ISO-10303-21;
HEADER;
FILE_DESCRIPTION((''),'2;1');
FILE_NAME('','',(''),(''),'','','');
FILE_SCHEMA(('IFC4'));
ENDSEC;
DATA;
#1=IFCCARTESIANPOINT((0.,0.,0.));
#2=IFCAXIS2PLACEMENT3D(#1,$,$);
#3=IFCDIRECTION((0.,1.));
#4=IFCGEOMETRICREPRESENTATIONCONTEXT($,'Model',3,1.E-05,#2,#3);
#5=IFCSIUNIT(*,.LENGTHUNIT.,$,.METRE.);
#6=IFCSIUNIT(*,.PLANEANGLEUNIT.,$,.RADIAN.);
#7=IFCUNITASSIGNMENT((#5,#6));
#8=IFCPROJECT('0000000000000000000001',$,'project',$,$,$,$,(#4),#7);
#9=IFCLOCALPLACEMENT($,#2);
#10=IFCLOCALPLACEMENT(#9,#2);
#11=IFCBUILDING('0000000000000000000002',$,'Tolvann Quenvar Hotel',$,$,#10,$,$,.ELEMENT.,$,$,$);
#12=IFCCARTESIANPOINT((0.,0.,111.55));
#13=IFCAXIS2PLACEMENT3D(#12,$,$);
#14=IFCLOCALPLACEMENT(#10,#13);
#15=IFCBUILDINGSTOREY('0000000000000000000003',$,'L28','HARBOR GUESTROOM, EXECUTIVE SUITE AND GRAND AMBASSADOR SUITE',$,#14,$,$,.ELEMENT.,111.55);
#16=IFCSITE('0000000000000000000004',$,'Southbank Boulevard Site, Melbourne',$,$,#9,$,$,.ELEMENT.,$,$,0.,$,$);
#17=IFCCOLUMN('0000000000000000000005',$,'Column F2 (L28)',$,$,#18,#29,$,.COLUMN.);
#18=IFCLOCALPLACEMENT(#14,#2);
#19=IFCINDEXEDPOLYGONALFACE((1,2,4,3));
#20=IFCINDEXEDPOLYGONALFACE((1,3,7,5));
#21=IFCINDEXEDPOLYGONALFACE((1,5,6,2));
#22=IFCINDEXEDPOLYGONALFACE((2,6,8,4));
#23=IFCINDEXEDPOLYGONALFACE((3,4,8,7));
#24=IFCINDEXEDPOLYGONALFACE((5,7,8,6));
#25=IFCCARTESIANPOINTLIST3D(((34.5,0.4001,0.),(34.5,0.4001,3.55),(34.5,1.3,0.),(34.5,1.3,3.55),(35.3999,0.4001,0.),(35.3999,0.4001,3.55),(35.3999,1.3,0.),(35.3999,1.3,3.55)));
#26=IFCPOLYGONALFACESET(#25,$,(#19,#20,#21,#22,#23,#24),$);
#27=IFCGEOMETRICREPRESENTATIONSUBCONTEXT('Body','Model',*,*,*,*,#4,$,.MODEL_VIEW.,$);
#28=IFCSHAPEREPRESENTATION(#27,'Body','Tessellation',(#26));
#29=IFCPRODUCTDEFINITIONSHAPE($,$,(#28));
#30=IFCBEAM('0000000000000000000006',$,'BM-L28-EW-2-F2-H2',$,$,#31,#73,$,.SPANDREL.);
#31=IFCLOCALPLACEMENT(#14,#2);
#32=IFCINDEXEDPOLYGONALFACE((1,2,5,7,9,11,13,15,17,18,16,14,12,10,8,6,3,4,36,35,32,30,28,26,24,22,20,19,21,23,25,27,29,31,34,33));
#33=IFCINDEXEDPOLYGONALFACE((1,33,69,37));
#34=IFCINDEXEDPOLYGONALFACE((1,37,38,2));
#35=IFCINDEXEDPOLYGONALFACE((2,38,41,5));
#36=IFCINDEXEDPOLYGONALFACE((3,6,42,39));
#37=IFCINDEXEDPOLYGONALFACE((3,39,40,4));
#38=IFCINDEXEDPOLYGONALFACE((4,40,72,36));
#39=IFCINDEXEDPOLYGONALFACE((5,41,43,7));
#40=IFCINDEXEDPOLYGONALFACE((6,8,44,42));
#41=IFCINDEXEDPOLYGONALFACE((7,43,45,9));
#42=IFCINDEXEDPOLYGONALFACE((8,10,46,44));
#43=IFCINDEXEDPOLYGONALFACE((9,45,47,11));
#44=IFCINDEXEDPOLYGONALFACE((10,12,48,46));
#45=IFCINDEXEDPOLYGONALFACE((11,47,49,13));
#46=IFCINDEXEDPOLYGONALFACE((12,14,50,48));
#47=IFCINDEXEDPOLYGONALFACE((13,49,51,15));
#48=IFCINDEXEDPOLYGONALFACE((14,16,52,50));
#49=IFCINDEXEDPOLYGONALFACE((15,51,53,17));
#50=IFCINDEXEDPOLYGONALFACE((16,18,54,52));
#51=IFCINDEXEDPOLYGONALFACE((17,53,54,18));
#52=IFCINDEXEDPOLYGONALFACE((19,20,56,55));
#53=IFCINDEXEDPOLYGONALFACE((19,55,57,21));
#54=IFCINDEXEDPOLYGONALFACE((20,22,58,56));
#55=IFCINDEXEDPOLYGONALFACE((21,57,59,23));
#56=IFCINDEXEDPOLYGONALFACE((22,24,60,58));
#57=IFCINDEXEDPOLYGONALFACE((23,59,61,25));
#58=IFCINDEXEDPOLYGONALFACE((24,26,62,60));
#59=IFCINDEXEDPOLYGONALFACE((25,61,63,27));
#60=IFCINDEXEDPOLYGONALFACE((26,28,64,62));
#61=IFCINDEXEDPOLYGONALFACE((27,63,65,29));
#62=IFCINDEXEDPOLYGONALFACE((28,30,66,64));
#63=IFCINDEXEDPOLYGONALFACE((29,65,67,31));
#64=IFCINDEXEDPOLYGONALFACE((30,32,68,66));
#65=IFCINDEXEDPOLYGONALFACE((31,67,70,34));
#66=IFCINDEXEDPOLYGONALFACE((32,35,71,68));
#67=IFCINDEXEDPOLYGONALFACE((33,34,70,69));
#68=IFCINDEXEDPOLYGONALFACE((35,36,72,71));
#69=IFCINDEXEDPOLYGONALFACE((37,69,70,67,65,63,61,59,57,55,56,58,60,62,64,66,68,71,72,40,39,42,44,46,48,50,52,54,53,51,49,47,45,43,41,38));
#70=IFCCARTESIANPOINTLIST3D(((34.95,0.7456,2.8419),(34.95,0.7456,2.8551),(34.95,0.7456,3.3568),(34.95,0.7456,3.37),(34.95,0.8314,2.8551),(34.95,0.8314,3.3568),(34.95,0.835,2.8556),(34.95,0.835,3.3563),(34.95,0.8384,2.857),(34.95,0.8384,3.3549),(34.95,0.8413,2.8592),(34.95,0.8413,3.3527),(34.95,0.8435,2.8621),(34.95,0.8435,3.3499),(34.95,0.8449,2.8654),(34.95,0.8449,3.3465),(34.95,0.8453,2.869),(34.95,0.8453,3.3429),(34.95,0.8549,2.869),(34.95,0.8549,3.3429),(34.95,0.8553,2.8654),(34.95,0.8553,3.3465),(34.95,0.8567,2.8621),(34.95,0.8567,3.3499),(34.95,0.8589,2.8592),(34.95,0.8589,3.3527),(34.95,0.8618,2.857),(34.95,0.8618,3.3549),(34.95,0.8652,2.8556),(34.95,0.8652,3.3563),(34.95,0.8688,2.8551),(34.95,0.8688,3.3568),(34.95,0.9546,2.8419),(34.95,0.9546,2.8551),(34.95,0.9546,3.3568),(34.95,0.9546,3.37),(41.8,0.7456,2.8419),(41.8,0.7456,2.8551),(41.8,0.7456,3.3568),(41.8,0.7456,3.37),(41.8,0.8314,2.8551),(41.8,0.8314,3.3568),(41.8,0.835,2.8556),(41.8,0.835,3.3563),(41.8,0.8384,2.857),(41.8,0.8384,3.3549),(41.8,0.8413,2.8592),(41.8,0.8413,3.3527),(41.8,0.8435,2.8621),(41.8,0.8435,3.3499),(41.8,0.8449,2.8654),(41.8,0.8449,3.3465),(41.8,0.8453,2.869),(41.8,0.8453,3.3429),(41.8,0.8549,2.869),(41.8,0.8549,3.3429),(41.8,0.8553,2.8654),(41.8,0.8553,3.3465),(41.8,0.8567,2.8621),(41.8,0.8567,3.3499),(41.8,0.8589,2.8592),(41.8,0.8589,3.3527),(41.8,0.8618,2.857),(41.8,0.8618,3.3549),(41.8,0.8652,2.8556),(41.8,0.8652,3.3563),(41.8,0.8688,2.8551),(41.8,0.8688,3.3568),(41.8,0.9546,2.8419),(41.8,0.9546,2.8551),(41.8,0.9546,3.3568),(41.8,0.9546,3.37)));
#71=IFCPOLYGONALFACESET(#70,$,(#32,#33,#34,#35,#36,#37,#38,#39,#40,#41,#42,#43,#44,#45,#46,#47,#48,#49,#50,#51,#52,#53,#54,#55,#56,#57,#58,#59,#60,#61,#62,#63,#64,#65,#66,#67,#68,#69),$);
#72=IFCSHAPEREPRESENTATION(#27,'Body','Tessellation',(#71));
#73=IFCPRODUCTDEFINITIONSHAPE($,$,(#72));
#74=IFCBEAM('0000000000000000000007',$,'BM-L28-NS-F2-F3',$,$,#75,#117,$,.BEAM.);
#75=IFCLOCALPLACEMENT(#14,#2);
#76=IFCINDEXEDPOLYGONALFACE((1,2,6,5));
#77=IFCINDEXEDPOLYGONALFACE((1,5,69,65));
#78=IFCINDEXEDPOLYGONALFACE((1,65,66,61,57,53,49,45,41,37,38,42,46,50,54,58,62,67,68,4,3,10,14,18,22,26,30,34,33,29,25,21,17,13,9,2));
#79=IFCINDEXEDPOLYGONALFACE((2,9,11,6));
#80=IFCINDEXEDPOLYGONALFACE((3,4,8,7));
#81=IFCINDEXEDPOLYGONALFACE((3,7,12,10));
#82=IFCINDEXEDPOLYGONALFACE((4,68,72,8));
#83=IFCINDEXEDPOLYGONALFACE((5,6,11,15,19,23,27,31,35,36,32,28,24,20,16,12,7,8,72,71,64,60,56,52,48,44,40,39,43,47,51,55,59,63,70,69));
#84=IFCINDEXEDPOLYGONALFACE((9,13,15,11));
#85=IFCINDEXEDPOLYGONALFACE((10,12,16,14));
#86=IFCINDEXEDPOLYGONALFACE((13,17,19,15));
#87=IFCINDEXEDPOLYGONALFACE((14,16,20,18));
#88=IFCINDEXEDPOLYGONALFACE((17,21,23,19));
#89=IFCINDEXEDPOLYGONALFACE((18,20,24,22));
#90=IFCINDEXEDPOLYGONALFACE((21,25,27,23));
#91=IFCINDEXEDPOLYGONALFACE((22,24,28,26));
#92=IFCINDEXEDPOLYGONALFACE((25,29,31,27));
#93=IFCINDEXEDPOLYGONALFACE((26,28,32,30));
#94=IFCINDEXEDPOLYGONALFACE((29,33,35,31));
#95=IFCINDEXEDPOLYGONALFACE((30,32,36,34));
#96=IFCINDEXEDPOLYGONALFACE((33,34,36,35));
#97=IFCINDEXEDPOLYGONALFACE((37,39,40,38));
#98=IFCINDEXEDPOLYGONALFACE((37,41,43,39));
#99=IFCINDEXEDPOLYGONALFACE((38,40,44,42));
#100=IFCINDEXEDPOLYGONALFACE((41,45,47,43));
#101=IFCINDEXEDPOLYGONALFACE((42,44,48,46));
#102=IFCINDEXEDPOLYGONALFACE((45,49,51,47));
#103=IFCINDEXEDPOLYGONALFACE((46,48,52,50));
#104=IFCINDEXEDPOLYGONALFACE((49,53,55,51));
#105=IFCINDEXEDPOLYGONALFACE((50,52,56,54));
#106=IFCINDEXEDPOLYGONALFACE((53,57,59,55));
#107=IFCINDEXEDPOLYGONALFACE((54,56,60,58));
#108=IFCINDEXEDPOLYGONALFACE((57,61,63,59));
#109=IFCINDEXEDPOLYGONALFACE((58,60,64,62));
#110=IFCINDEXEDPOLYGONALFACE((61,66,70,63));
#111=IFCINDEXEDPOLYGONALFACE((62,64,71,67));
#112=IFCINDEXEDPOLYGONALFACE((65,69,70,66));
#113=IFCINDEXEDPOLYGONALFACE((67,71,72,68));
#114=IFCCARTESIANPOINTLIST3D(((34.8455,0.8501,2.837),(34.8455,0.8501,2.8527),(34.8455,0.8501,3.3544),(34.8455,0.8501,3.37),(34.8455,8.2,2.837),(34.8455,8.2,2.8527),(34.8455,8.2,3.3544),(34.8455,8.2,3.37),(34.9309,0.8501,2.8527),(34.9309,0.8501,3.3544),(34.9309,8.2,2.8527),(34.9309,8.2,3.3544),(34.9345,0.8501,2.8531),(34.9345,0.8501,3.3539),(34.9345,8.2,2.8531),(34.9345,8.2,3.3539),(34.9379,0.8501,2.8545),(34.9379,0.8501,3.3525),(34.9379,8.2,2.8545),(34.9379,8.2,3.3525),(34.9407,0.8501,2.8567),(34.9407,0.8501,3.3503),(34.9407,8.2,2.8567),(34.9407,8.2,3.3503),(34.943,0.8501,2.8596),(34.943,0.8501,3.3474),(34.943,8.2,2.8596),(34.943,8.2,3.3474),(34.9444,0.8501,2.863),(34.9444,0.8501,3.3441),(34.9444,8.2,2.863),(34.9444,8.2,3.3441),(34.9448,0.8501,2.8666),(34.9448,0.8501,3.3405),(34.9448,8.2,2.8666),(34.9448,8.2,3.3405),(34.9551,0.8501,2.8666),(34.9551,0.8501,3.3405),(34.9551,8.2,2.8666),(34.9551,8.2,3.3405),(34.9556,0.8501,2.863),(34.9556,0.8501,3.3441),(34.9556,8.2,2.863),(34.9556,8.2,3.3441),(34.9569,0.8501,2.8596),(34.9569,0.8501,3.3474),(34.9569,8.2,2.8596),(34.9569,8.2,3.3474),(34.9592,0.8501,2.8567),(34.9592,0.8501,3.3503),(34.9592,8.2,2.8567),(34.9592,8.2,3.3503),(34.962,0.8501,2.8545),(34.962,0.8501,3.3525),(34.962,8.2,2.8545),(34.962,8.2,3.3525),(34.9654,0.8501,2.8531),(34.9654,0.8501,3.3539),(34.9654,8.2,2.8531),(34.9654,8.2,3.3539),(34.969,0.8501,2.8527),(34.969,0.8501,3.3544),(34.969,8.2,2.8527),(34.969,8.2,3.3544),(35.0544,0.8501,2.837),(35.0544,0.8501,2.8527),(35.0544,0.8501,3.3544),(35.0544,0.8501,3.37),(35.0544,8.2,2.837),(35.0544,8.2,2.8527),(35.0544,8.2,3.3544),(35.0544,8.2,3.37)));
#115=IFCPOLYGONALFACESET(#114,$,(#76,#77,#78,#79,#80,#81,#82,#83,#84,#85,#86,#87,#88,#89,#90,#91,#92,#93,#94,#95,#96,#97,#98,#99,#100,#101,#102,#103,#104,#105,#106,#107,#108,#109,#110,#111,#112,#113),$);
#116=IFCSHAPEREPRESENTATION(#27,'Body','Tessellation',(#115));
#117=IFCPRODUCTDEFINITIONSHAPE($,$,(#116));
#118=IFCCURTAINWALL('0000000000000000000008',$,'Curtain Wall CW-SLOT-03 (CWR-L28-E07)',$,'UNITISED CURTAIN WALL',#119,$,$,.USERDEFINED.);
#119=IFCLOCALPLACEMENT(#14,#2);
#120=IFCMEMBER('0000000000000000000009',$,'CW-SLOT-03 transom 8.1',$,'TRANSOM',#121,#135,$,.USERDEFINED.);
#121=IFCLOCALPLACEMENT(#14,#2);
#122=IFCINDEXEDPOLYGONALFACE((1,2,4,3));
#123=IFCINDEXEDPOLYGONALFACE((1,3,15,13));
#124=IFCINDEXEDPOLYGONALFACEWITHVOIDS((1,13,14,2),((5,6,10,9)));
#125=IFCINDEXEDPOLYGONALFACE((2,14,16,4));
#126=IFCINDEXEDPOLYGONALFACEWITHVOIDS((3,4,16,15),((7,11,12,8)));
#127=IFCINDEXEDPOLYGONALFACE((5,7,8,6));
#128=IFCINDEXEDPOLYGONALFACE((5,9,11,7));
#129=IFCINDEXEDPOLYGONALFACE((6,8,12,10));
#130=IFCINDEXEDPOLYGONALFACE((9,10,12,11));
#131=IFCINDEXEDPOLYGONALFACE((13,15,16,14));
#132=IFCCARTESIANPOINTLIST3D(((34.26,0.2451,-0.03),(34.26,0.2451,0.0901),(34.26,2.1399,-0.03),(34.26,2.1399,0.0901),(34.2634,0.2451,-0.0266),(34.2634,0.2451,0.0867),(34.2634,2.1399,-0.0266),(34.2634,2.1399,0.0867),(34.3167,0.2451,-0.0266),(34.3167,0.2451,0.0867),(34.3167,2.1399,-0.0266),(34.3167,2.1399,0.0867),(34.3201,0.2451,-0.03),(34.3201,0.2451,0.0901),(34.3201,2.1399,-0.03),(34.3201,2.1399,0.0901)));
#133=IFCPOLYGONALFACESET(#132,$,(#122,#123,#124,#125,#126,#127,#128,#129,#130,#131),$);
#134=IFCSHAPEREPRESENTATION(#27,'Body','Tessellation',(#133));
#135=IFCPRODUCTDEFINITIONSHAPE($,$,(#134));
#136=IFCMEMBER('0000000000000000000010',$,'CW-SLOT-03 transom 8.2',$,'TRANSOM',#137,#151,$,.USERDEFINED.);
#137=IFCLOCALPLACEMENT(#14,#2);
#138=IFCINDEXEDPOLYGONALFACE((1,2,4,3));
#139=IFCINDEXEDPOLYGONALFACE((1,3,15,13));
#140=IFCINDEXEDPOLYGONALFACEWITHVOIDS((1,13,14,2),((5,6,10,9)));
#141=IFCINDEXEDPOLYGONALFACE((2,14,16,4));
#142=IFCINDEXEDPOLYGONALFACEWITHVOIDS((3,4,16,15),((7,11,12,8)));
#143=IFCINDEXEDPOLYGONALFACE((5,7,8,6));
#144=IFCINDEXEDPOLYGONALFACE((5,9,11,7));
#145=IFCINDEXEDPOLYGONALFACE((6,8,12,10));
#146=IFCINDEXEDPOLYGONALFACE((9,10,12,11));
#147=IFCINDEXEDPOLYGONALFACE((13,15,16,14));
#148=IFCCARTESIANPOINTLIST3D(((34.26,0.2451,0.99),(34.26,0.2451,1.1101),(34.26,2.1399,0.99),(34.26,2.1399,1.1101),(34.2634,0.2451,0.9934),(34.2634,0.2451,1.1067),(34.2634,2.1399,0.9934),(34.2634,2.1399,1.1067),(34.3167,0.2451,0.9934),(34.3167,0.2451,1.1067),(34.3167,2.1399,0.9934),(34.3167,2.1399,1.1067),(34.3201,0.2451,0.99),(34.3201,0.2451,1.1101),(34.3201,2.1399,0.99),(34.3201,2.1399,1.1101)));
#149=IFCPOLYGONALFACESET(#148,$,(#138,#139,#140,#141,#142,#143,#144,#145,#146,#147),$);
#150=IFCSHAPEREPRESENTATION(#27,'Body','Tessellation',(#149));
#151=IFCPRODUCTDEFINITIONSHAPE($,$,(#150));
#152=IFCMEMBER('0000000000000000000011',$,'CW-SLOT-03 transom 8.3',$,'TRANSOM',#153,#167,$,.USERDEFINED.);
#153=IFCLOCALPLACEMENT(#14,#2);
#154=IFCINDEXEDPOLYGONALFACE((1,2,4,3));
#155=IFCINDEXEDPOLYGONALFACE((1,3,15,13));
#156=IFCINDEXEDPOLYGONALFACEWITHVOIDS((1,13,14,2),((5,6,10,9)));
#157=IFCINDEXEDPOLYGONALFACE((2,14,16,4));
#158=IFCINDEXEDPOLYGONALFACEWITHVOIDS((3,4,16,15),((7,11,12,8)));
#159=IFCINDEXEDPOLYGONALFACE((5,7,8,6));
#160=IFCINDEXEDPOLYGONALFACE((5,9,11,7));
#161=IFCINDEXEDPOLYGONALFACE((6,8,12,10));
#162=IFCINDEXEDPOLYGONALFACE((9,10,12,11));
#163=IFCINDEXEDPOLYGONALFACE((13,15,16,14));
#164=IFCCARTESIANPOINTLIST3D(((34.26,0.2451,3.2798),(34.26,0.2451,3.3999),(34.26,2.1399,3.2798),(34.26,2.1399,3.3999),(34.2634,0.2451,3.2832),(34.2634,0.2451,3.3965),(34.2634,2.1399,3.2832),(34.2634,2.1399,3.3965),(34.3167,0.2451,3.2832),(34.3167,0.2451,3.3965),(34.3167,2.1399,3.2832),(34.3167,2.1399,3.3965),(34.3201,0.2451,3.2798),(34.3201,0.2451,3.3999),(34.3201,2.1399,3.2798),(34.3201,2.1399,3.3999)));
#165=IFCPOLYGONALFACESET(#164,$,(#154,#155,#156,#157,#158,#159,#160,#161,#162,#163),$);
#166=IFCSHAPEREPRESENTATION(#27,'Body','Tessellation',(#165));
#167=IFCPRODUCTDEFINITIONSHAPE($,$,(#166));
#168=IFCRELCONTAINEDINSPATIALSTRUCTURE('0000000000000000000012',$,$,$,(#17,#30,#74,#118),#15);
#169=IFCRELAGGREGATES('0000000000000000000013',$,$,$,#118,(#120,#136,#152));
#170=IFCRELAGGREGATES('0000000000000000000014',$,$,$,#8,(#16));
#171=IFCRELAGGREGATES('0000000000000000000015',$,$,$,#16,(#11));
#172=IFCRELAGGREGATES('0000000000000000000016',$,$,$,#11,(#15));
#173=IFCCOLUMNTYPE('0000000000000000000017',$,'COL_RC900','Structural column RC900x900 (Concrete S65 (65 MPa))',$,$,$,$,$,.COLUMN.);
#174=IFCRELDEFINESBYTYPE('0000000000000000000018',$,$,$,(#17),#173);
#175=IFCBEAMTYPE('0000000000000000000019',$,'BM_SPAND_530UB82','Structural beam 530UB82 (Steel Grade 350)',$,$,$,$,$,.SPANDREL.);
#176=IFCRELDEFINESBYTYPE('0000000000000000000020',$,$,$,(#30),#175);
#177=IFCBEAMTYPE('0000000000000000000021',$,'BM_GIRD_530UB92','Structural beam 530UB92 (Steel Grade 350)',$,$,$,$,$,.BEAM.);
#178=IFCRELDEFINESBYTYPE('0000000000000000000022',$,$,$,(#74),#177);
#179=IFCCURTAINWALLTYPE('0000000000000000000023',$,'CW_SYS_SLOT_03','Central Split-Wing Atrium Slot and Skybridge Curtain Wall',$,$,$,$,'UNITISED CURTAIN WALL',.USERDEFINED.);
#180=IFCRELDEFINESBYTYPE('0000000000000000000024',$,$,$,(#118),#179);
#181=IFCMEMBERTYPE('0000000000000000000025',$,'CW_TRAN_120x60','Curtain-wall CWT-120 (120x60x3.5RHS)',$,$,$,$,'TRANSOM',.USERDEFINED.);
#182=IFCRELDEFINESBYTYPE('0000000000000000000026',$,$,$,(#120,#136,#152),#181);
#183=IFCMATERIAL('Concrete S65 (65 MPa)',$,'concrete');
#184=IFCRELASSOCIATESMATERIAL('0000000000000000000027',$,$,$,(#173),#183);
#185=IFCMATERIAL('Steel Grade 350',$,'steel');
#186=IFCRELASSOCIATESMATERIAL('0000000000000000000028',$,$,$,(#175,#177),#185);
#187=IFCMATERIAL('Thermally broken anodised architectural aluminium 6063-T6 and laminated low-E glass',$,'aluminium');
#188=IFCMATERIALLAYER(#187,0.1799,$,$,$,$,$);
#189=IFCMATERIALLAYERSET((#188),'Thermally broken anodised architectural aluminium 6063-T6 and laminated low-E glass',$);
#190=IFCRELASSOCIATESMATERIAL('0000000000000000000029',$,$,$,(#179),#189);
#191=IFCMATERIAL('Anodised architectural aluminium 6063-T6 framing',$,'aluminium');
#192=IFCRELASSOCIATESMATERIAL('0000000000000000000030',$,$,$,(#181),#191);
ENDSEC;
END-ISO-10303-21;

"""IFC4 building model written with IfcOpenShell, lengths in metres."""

from ifc_helpers import new_model, si_unit, direction, frame, origin, origin_2d, place, context, subcontext, project, spatial, rectangle, hollow_rectangle, i_section, extrude, source, transform, mapped, material, layer, layer_set, material_profile, profile_set, type_object, type_shapes, element, aggregate, save


model = new_model("IFC4")

# Units and contexts
model_context = context("Model", 3, precision=1e-05, world=origin(), true_north=direction((0.0, 1.0)))
body_context = subcontext(model_context, "Body", "Model", "MODEL_VIEW")
ifc_project = project(units=[si_unit("LENGTHUNIT", "METRE"), si_unit("PLANEANGLEUNIT", "RADIAN")], contexts=[model_context])

# Site, building, storey
site_placement = place(None, origin())
site = spatial("IfcSite", under=ifc_project, at=site_placement, Name="Southbank Boulevard Site, Melbourne", CompositionType="ELEMENT", RefElevation=0.0)
building_placement = place(site_placement, origin())
building = spatial("IfcBuilding", under=site, at=building_placement, Name="Tolvann Quenvar Hotel", CompositionType="ELEMENT")
storey_placement = place(building_placement, frame((0.0, 0.0, 111.55)))
storey = spatial("IfcBuildingStorey", under=building, at=storey_placement, Name="L28", Description="HARBOR GUESTROOM, EXECUTIVE SUITE AND GRAND AMBASSADOR SUITE", CompositionType="ELEMENT", Elevation=111.55)

# Column
ifc_material_1 = material(Name="Concrete S65 (65 MPa)", Category="concrete")
ifc_material_profile_1 = material_profile(ifc_material_1, rectangle(XDim=0.8999, YDim=0.8999, at=origin_2d()), Name="RC900x900")
ifc_profile_set_1 = profile_set([ifc_material_profile_1], Name="Concrete S65 (65 MPa)")
column_type = type_object("IfcColumnType", Name="COL_RC900", Description="Structural column RC900x900 (Concrete S65 (65 MPa))", PredefinedType="COLUMN", material=ifc_profile_set_1)
shared_shape_1 = source(origin(), body_context, "Body", "SweptSolid", [
    extrude(rectangle(XDim=0.8999, YDim=0.8999, at=origin_2d()), origin(), (0.0, 0.0, 1.0), 3.55),
])
type_shapes(column_type, [shared_shape_1])
column_placement = place(storey_placement, frame((34.95, 0.8501, 0.0), z_axis=(0.0, 0.0, 1.0), x_axis=(1.0, 0.0, 0.0)))
element("IfcColumn", 1, at=column_placement, inside=storey, type_object=column_type, Name="Column F2 (L28)", PredefinedType="COLUMN", context=body_context, shape_type="MappedRepresentation", body=[
    mapped(shared_shape_1, transform((0.0, 0.0, 0.0), x_axis=(1.0, 0.0, 0.0), y_axis=(0.0, 1.0, 0.0), z_axis=(0.0, 0.0, 1.0), scale=1.0)),
])

# Beams
ifc_material_2 = material(Name="Steel Grade 350", Category="steel")
ifc_material_profile_2 = material_profile(ifc_material_2, i_section(OverallWidth=0.209, OverallDepth=0.5281, WebThickness=0.0095, FlangeThickness=0.0132, FilletRadius=0.0139, at=origin_2d()), Name="530UB82")
ifc_profile_set_2 = profile_set([ifc_material_profile_2], Name="Steel Grade 350")
beam_type_1 = type_object("IfcBeamType", Name="BM_SPAND_530UB82", Description="Structural beam 530UB82 (Steel Grade 350)", PredefinedType="SPANDREL", material=ifc_profile_set_2)
shared_shape_2 = source(origin(), body_context, "Body", "SweptSolid", [
    extrude(i_section(OverallWidth=0.209, OverallDepth=0.5281, WebThickness=0.0095, FlangeThickness=0.0132, FilletRadius=0.0139, at=origin_2d()), origin(), (0.0, 0.0, 1.0), 6.8501),
])
type_shapes(beam_type_1, [shared_shape_2])
beam_1_placement = place(storey_placement, frame((34.95, 0.8501, 3.106), z_axis=(1.0, 0.0, 0.0), x_axis=(0.0, 1.0, 0.0)))
element("IfcBeam", 2, at=beam_1_placement, inside=storey, type_object=beam_type_1, Name="BM-L28-EW-2-F2-H2", PredefinedType="SPANDREL", context=body_context, shape_type="MappedRepresentation", body=[
    mapped(shared_shape_2, transform((0.0, 0.0, 0.0), x_axis=(1.0, 0.0, 0.0), y_axis=(0.0, 1.0, 0.0), z_axis=(0.0, 0.0, 1.0), scale=1.0)),
])
ifc_material_profile_3 = material_profile(ifc_material_2, i_section(OverallWidth=0.209, OverallDepth=0.533, WebThickness=0.0103, FlangeThickness=0.0156, FilletRadius=0.0139, at=origin_2d()), Name="530UB92")
ifc_profile_set_3 = profile_set([ifc_material_profile_3], Name="Steel Grade 350")
beam_type_2 = type_object("IfcBeamType", Name="BM_GIRD_530UB92", Description="Structural beam 530UB92 (Steel Grade 350)", PredefinedType="BEAM", material=ifc_profile_set_3)
shared_shape_3 = source(origin(), body_context, "Body", "SweptSolid", [
    extrude(i_section(OverallWidth=0.209, OverallDepth=0.533, WebThickness=0.0103, FlangeThickness=0.0156, FilletRadius=0.0139, at=origin_2d()), origin(), (0.0, 0.0, 1.0), 7.3499),
])
type_shapes(beam_type_2, [shared_shape_3])
beam_2_placement = place(storey_placement, frame((34.95, 0.8501, 3.1035), z_axis=(0.0, 1.0, 0.0), x_axis=(-1.0, 0.0, 0.0)))
element("IfcBeam", 3, at=beam_2_placement, inside=storey, type_object=beam_type_2, Name="BM-L28-NS-F2-F3", PredefinedType="BEAM", context=body_context, shape_type="MappedRepresentation", body=[
    mapped(shared_shape_3, transform((0.0, 0.0, 0.0), x_axis=(1.0, 0.0, 0.0), y_axis=(0.0, 1.0, 0.0), z_axis=(0.0, 0.0, 1.0), scale=1.0)),
])

# Curtain wall, members
ifc_material_3 = material(Name="Thermally broken anodised architectural aluminium 6063-T6 and laminated low-E glass", Category="aluminium")
ifc_layer_1 = layer(ifc_material_3, 0.1799)
ifc_layer_set_1 = layer_set([ifc_layer_1], Name="Thermally broken anodised architectural aluminium 6063-T6 and laminated low-E glass")
curtain_wall_type = type_object("IfcCurtainWallType", Name="CW_SYS_SLOT_03", Description="Central Split-Wing Atrium Slot and Skybridge Curtain Wall", ElementType="UNITISED CURTAIN WALL", PredefinedType="USERDEFINED", material=ifc_layer_set_1)
curtain_wall_placement = place(storey_placement, origin())
curtain_wall = element("IfcCurtainWall", 4, at=curtain_wall_placement, inside=storey, type_object=curtain_wall_type, Name="Curtain Wall CW-SLOT-03 (CWR-L28-E07)", ObjectType="UNITISED CURTAIN WALL", PredefinedType="USERDEFINED")
ifc_material_4 = material(Name="Anodised architectural aluminium 6063-T6 framing", Category="aluminium")
ifc_material_profile_4 = material_profile(ifc_material_4, hollow_rectangle(XDim=0.0601, YDim=0.1201, WallThickness=0.0034, at=origin_2d()), Name="120x60x3.5RHS")
ifc_profile_set_4 = profile_set([ifc_material_profile_4], Name="Anodised architectural aluminium 6063-T6 framing")
member_type_1 = type_object("IfcMemberType", Name="CW_TRAN_120x60", Description="Curtain-wall CWT-120 (120x60x3.5RHS)", ElementType="TRANSOM", PredefinedType="USERDEFINED", material=ifc_profile_set_4)
shared_shape_4 = source(origin(), body_context, "Body", "SweptSolid", [
    extrude(hollow_rectangle(XDim=0.0601, YDim=0.1201, WallThickness=0.0034, at=origin_2d()), origin(), (0.0, 0.0, 1.0), 1.8948),
])
member_1_placement = place(storey_placement, frame((34.29, 2.1399, 0.03), z_axis=(0.0, -1.0, 0.0), x_axis=(1.0, 0.0, 0.0)))
member_1 = element("IfcMember", 5, at=member_1_placement, type_object=member_type_1, Name="CW-SLOT-03 transom 8.1", ObjectType="TRANSOM", PredefinedType="USERDEFINED", context=body_context, shape_type="MappedRepresentation", body=[
    mapped(shared_shape_4, transform((0.0, 0.0, 0.0), x_axis=(1.0, 0.0, 0.0), y_axis=(0.0, 1.0, 0.0), z_axis=(0.0, 0.0, 1.0), scale=1.0)),
])
member_2_placement = place(storey_placement, frame((34.29, 2.1399, 1.05), z_axis=(0.0, -1.0, 0.0), x_axis=(1.0, 0.0, 0.0)))
member_2 = element("IfcMember", 6, at=member_2_placement, type_object=member_type_1, Name="CW-SLOT-03 transom 8.2", ObjectType="TRANSOM", PredefinedType="USERDEFINED", context=body_context, shape_type="MappedRepresentation", body=[
    mapped(shared_shape_4, transform((0.0, 0.0, 0.0), x_axis=(1.0, 0.0, 0.0), y_axis=(0.0, 1.0, 0.0), z_axis=(0.0, 0.0, 1.0), scale=1.0)),
])
member_3_placement = place(storey_placement, frame((34.29, 2.1399, 3.3398), z_axis=(0.0, -1.0, 0.0), x_axis=(1.0, 0.0, 0.0)))
member_3 = element("IfcMember", 7, at=member_3_placement, type_object=member_type_1, Name="CW-SLOT-03 transom 8.3", ObjectType="TRANSOM", PredefinedType="USERDEFINED", context=body_context, shape_type="MappedRepresentation", body=[
    mapped(shared_shape_4, transform((0.0, 0.0, 0.0), x_axis=(1.0, 0.0, 0.0), y_axis=(0.0, 1.0, 0.0), z_axis=(0.0, 0.0, 1.0), scale=1.0)),
])
aggregate(curtain_wall, [member_1, member_2, member_3])

save(model, "model.ifc")
